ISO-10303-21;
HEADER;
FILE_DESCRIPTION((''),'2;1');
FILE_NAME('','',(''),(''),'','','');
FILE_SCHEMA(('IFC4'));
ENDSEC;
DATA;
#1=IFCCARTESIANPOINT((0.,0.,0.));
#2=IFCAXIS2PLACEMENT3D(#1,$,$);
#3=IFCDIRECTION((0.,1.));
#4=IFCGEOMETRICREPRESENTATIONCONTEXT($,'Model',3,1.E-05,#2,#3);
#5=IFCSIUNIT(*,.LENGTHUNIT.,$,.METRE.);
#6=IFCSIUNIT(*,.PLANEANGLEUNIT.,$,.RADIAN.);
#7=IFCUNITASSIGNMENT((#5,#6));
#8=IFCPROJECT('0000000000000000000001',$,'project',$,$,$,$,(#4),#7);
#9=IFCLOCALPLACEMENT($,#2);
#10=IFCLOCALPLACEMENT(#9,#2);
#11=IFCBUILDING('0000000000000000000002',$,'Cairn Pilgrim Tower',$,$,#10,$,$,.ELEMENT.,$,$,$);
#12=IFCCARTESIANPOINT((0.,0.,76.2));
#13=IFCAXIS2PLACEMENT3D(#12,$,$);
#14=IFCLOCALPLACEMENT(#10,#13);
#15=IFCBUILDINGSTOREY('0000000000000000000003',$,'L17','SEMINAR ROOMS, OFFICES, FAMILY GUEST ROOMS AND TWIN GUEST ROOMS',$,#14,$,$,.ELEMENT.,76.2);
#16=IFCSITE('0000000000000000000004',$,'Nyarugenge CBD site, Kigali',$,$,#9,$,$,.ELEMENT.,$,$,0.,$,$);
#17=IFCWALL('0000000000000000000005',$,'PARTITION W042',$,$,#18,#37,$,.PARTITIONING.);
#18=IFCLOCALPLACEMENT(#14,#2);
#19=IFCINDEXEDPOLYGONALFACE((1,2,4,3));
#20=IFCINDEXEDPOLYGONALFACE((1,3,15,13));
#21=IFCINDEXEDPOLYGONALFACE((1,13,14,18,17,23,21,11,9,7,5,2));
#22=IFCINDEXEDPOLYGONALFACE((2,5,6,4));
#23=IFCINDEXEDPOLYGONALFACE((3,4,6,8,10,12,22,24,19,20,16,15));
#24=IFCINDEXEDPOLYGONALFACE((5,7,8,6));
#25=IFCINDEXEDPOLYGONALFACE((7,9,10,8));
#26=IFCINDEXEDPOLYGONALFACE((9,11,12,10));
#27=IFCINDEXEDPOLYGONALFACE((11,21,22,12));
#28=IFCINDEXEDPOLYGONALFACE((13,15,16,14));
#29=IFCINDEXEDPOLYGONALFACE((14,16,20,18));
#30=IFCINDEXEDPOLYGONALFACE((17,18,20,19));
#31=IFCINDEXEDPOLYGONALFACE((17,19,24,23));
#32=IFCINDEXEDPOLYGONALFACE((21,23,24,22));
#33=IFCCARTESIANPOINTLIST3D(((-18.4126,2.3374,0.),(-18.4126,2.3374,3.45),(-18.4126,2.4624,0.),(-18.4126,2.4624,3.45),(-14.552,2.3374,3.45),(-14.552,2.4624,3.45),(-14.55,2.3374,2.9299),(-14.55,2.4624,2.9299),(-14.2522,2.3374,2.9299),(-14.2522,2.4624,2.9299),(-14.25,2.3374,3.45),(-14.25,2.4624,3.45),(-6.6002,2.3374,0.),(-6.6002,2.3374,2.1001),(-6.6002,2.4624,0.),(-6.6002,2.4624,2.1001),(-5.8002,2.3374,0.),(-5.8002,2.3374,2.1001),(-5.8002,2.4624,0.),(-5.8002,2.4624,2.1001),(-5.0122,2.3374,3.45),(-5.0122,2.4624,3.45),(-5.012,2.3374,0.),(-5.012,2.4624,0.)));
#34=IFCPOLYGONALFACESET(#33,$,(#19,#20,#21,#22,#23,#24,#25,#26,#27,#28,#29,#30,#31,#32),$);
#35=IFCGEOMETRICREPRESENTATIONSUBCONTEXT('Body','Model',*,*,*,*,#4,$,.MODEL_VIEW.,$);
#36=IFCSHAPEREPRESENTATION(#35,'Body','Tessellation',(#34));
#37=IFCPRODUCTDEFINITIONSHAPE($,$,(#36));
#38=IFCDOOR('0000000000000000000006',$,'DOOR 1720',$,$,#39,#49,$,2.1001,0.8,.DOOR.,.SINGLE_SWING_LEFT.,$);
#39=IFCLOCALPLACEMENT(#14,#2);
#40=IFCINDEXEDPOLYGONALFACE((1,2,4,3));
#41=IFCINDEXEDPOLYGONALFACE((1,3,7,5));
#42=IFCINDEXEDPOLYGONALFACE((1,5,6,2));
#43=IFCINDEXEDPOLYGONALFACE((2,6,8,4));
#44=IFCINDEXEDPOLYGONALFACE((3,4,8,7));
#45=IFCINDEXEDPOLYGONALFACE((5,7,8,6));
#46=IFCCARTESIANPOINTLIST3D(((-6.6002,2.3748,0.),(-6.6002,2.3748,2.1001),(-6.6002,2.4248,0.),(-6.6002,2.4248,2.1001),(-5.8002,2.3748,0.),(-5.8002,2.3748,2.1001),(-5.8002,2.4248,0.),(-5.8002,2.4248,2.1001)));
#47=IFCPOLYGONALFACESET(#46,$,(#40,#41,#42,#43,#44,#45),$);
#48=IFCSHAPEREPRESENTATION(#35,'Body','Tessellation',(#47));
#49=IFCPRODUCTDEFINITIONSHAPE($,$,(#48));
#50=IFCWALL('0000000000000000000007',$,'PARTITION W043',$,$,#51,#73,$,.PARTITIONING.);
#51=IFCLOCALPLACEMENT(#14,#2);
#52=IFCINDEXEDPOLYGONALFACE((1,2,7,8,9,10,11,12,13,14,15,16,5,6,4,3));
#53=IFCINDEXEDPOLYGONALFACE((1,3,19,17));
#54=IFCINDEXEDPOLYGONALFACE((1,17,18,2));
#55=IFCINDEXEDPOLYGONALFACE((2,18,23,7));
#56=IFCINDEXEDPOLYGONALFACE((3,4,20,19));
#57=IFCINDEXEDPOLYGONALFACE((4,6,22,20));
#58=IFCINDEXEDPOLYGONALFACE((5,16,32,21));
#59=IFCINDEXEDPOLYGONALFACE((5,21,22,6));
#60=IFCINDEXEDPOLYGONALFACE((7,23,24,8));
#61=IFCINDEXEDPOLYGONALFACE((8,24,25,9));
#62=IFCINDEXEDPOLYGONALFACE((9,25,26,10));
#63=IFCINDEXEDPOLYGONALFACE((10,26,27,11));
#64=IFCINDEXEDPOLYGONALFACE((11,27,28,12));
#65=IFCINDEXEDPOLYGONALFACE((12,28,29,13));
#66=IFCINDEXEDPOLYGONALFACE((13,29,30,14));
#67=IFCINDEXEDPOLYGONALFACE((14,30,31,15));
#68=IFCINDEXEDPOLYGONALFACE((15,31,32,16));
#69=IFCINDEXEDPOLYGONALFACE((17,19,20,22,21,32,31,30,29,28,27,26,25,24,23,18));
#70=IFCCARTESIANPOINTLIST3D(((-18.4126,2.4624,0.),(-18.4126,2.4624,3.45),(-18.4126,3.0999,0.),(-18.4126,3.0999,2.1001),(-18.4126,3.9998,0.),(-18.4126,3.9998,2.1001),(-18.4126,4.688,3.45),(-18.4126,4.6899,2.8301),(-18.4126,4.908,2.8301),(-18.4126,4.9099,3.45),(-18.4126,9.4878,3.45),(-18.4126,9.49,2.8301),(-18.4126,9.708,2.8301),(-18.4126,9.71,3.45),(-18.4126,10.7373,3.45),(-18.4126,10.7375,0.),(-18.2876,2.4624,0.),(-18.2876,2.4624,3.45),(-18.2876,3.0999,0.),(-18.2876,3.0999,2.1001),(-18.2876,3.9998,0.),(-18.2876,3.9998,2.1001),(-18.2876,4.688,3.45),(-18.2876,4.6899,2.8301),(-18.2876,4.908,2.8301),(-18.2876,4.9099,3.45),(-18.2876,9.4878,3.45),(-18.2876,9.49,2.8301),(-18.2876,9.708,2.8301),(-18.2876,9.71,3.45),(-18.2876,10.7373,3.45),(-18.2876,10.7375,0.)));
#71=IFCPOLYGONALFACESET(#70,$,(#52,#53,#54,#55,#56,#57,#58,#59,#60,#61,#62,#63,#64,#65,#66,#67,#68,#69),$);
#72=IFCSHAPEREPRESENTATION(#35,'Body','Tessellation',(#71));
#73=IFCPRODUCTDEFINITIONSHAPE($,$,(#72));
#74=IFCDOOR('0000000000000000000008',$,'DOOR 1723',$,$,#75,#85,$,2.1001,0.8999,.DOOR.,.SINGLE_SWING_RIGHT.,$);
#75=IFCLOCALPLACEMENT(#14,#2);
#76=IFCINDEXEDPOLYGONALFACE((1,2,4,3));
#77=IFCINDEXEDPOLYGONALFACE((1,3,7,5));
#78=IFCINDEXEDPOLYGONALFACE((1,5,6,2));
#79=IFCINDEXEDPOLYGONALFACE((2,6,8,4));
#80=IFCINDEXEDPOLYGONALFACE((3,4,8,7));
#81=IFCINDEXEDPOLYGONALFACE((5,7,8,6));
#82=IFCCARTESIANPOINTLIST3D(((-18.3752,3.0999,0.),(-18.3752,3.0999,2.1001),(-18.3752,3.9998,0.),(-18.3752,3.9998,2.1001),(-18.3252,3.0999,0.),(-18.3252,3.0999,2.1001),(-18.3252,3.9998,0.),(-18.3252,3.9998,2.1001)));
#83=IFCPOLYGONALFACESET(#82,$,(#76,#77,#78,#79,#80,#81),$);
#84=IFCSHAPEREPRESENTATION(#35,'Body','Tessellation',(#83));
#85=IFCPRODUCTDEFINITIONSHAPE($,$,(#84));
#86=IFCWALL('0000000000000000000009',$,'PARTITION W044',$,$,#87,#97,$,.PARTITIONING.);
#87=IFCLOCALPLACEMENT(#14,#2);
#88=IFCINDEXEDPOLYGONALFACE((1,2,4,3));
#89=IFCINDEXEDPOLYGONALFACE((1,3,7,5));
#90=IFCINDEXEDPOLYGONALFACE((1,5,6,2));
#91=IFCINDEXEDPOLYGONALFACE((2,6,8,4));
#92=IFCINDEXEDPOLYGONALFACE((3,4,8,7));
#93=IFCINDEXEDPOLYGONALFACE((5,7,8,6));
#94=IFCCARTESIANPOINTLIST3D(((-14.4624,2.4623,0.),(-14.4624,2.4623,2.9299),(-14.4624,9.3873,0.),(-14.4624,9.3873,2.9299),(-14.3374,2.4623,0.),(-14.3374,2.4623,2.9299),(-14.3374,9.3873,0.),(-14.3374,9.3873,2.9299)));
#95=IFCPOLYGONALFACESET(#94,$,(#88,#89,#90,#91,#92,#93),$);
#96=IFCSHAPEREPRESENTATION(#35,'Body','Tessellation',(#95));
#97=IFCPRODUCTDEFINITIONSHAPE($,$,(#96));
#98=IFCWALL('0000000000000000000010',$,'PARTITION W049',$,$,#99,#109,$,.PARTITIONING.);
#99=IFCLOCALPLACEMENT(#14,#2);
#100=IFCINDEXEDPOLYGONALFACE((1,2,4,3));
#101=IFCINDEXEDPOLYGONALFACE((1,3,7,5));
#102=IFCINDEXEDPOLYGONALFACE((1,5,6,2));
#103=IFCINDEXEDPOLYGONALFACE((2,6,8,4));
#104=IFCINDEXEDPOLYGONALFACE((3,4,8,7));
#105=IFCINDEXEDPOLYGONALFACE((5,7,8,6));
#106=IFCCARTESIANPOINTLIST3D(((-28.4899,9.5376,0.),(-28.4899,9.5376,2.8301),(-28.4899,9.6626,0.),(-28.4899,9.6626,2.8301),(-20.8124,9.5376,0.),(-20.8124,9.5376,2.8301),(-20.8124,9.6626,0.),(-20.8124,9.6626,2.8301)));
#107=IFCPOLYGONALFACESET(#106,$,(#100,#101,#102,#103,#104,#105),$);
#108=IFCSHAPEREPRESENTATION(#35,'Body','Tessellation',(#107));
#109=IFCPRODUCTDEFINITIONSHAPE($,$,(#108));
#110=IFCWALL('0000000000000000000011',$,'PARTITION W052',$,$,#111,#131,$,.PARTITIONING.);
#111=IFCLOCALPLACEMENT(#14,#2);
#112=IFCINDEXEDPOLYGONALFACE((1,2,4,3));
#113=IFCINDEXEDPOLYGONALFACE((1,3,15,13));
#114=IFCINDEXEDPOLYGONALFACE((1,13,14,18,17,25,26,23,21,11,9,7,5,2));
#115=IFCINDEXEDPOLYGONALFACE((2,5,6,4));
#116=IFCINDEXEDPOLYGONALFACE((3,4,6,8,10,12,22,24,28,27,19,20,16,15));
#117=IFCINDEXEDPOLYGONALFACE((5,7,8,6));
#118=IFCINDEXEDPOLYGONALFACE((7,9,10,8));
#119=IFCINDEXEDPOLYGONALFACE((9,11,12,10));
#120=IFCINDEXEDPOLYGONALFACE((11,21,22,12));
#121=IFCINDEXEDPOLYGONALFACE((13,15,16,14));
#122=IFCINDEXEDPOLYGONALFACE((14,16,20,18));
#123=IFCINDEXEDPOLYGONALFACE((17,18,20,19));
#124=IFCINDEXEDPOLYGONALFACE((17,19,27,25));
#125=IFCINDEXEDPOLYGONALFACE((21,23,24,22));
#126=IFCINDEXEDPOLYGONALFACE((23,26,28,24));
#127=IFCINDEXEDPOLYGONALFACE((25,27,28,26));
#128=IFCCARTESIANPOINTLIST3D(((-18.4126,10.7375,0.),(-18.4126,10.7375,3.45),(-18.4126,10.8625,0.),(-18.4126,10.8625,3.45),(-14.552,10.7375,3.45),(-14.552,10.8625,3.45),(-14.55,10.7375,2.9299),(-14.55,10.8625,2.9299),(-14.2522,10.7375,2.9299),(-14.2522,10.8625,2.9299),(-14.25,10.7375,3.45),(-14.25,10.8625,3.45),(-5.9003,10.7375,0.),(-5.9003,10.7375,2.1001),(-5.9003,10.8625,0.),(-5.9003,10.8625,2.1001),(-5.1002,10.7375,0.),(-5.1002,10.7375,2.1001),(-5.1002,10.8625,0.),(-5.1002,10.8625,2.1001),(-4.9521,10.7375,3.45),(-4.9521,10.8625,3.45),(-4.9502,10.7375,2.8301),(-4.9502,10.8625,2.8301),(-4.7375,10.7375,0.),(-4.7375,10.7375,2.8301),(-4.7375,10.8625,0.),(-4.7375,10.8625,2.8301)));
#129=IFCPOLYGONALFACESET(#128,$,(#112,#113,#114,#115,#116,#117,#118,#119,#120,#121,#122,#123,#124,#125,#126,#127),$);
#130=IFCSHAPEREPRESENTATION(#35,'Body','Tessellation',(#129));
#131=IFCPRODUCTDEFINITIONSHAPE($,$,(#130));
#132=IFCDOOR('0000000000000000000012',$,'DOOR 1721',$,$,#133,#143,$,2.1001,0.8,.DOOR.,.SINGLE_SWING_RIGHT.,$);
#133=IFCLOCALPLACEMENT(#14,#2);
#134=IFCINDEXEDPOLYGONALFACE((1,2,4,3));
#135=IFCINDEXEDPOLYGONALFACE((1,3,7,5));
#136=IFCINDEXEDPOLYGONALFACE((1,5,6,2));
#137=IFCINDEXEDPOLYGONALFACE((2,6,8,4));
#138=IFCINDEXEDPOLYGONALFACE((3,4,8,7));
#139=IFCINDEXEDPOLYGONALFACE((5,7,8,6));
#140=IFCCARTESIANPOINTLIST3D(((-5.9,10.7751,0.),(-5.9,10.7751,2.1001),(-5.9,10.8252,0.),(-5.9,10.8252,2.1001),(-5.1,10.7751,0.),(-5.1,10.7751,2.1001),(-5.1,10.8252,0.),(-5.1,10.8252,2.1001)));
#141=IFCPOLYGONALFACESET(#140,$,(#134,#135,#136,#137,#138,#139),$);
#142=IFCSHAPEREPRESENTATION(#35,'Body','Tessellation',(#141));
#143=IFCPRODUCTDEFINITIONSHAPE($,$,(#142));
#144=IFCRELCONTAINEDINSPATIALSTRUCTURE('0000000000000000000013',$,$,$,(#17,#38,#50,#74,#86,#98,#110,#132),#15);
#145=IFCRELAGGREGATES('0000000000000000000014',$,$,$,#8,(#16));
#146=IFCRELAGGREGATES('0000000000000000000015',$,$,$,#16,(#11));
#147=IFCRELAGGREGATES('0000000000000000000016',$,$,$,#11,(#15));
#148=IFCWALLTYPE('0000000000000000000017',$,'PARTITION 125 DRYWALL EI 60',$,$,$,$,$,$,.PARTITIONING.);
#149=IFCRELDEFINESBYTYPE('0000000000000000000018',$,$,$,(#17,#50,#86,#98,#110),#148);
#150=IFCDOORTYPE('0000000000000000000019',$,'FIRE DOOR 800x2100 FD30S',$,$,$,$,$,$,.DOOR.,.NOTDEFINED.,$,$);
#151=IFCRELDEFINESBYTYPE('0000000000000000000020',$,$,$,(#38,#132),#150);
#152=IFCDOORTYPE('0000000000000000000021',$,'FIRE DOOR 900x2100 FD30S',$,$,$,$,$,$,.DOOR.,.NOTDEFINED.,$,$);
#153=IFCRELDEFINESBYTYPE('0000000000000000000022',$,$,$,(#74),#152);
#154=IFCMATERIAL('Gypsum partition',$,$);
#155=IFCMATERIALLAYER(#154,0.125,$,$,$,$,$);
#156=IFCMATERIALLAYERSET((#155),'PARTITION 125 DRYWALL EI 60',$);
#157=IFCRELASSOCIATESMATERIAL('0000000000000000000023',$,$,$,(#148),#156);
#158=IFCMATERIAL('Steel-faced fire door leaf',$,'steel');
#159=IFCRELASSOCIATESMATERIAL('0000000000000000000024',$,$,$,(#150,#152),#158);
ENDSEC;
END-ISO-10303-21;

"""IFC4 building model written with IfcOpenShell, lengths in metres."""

from ifc_helpers import new_model, si_unit, direction, frame, frame_2d, origin, place, context, subcontext, project, spatial, polyline, rectangle, outline, extrude, material, layer, layer_set, type_object, element, fill, save


model = new_model("IFC4")

# Units and contexts
model_context = context("Model", 3, precision=1e-05, world=origin(), true_north=direction((0.0, 1.0)))
body_context = subcontext(model_context, "Body", "Model", "MODEL_VIEW")
ifc_project = project(units=[si_unit("LENGTHUNIT", "METRE"), si_unit("PLANEANGLEUNIT", "RADIAN")], contexts=[model_context])

# Site, building, storey
site_placement = place(None, origin())
site = spatial("IfcSite", under=ifc_project, at=site_placement, Name="Nyarugenge CBD site, Kigali", CompositionType="ELEMENT", RefElevation=0.0)
building_placement = place(site_placement, origin())
building = spatial("IfcBuilding", under=site, at=building_placement, Name="Cairn Pilgrim Tower", CompositionType="ELEMENT")
storey_placement = place(building_placement, frame((0.0, 0.0, 76.2)))
storey = spatial("IfcBuildingStorey", under=building, at=storey_placement, Name="L17", Description="SEMINAR ROOMS, OFFICES, FAMILY GUEST ROOMS AND TWIN GUEST ROOMS", CompositionType="ELEMENT", Elevation=76.2)

# Shared definitions
ifc_material_1 = material(Name="Gypsum partition")

# Walls, openings, doors
ifc_layer_1 = layer(ifc_material_1, 0.125)
ifc_layer_set_1 = layer_set([ifc_layer_1], Name="PARTITION 125 DRYWALL EI 60")
wall_type_1 = type_object("IfcWallType", Name="PARTITION 125 DRYWALL EI 60", PredefinedType="PARTITIONING", material=ifc_layer_set_1)
wall_1_placement = place(storey_placement, frame((-18.4126, 2.3999, 0.0), z_axis=(0.0, 0.0, 1.0), x_axis=(1.0, 0.0, 0.0)))
wall_1 = element("IfcWall", 1, at=wall_1_placement, inside=storey, type_object=wall_type_1, Name="PARTITION W042", PredefinedType="PARTITIONING", context=body_context, shape_type="SweptSolid", body=[
    extrude(outline(polyline([(0.0, 0.0), (13.4006, 0.0), (13.4004, 3.45), (4.1626, 3.45), (4.1604, 2.9299), (3.8625, 2.9299), (3.8606, 3.45), (0.0, 3.45), (0.0, 0.0)])), frame((0.0, 0.0625, 0.0), z_axis=(0.0, -1.0, 0.0), x_axis=(1.0, 0.0, 0.0)), (0.0, 0.0, 1.0), 0.125),
])
opening_1_placement = place(wall_1_placement, frame((11.8125, 0.0, 0.0)))
opening_1 = element("IfcOpeningElement", 2, at=opening_1_placement, cuts=wall_1, PredefinedType="OPENING", context=body_context, shape_type="SweptSolid", body=[
    extrude(rectangle(XDim=0.8, YDim=2.1001, at=frame_2d((0.3999, 1.05))), frame((0.0, 0.0725, 0.0), z_axis=(0.0, -1.0, 0.0), x_axis=(1.0, 0.0, 0.0)), (0.0, 0.0, 1.0), 0.145),
])
ifc_material_2 = material(Name="Steel-faced fire door leaf", Category="steel")
door_type_1 = type_object("IfcDoorType", Name="FIRE DOOR 800x2100 FD30S", OperationType="NOTDEFINED", PredefinedType="DOOR", material=ifc_material_2)
door_1_placement = place(opening_1_placement, origin())
door_1 = element("IfcDoor", 3, at=door_1_placement, inside=storey, type_object=door_type_1, Name="DOOR 1720", OperationType="SINGLE_SWING_LEFT", OverallHeight=2.1001, OverallWidth=0.8, PredefinedType="DOOR", context=body_context, shape_type="SweptSolid", body=[
    extrude(rectangle(XDim=0.8, YDim=2.1001, at=frame_2d((0.3999, 1.05))), frame((0.0, 0.0249, 0.0), z_axis=(0.0, -1.0, 0.0), x_axis=(1.0, 0.0, 0.0)), (0.0, 0.0, 1.0), 0.05),
])
fill(opening_1, door_1)
wall_2_placement = place(storey_placement, frame((-18.3501, 2.4624, 0.0), z_axis=(0.0, 0.0, 1.0), x_axis=(0.0, 1.0, 0.0)))
wall_2 = element("IfcWall", 4, at=wall_2_placement, inside=storey, type_object=wall_type_1, Name="PARTITION W043", PredefinedType="PARTITIONING", context=body_context, shape_type="SweptSolid", body=[
    extrude(outline(polyline([(0.0, 0.0), (8.2751, 0.0), (8.2749, 3.45), (7.2476, 3.45), (7.2456, 2.8301), (7.0276, 2.8301), (7.0254, 3.45), (2.4475, 3.45), (2.4456, 2.8301), (2.2275, 2.8301), (2.2256, 3.45), (0.0, 3.45), (0.0, 0.0)])), frame((0.0, 0.0625, 0.0), z_axis=(0.0, -1.0, 0.0), x_axis=(1.0, 0.0, 0.0)), (0.0, 0.0, 1.0), 0.125),
])
opening_2_placement = place(wall_2_placement, frame((0.6375, 0.0, 0.0)))
opening_2 = element("IfcOpeningElement", 5, at=opening_2_placement, cuts=wall_2, PredefinedType="OPENING", context=body_context, shape_type="SweptSolid", body=[
    extrude(rectangle(XDim=0.8999, YDim=2.1001, at=frame_2d((0.45, 1.05))), frame((0.0, 0.0725, 0.0), z_axis=(0.0, -1.0, 0.0), x_axis=(1.0, 0.0, 0.0)), (0.0, 0.0, 1.0), 0.145),
])
door_type_2 = type_object("IfcDoorType", Name="FIRE DOOR 900x2100 FD30S", OperationType="NOTDEFINED", PredefinedType="DOOR", material=ifc_material_2)
door_2_placement = place(opening_2_placement, frame((0.8999, 0.0, 0.0), z_axis=(0.0, 0.0, 1.0), x_axis=(-1.0, 0.0, 0.0)))
door_2 = element("IfcDoor", 6, at=door_2_placement, inside=storey, type_object=door_type_2, Name="DOOR 1723", OperationType="SINGLE_SWING_RIGHT", OverallHeight=2.1001, OverallWidth=0.8999, PredefinedType="DOOR", context=body_context, shape_type="SweptSolid", body=[
    extrude(rectangle(XDim=0.8999, YDim=2.1001, at=frame_2d((0.45, 1.05))), frame((0.0, 0.0249, 0.0), z_axis=(0.0, -1.0, 0.0), x_axis=(1.0, 0.0, 0.0)), (0.0, 0.0, 1.0), 0.05),
])
fill(opening_2, door_2)

# Walls
wall_3_placement = place(storey_placement, frame((-14.3999, 2.4624, 0.0), z_axis=(0.0, 0.0, 1.0), x_axis=(0.0, 1.0, 0.0)))
element("IfcWall", 7, at=wall_3_placement, inside=storey, type_object=wall_type_1, Name="PARTITION W044", PredefinedType="PARTITIONING", context=body_context, shape_type="SweptSolid", body=[
    extrude(rectangle(XDim=6.925, YDim=0.125, at=frame_2d((3.4624, 0.0))), origin(), (0.0, 0.0, 1.0), 2.9299),
])
wall_4_placement = place(storey_placement, frame((-28.49, 9.6001, 0.0), z_axis=(0.0, 0.0, 1.0), x_axis=(1.0, 0.0, 0.0)))
element("IfcWall", 8, at=wall_4_placement, inside=storey, type_object=wall_type_1, Name="PARTITION W049", PredefinedType="PARTITIONING", context=body_context, shape_type="SweptSolid", body=[
    extrude(rectangle(XDim=7.6775, YDim=0.125, at=frame_2d((3.8389, 0.0))), origin(), (0.0, 0.0, 1.0), 2.8301),
])

# Wall, opening, door
wall_5_placement = place(storey_placement, frame((-18.4126, 10.8, 0.0), z_axis=(0.0, 0.0, 1.0), x_axis=(1.0, 0.0, 0.0)))
wall_5 = element("IfcWall", 9, at=wall_5_placement, inside=storey, type_object=wall_type_1, Name="PARTITION W052", PredefinedType="PARTITIONING", context=body_context, shape_type="SweptSolid", body=[
    extrude(outline(polyline([(0.0, 0.0), (13.675, 0.0), (13.675, 2.8301), (13.4624, 2.8301), (13.4604, 3.45), (4.1626, 3.45), (4.1604, 2.9299), (3.8625, 2.9299), (3.8606, 3.45), (0.0, 3.45), (0.0, 0.0)])), frame((0.0, 0.0625, 0.0), z_axis=(0.0, -1.0, 0.0), x_axis=(1.0, 0.0, 0.0)), (0.0, 0.0, 1.0), 0.125),
])
opening_3_placement = place(wall_5_placement, frame((12.5125, 0.0, 0.0)))
opening_3 = element("IfcOpeningElement", 10, at=opening_3_placement, cuts=wall_5, PredefinedType="OPENING", context=body_context, shape_type="SweptSolid", body=[
    extrude(rectangle(XDim=0.8, YDim=2.1001, at=frame_2d((0.3999, 1.05))), frame((0.0, 0.0725, 0.0), z_axis=(0.0, -1.0, 0.0), x_axis=(1.0, 0.0, 0.0)), (0.0, 0.0, 1.0), 0.145),
])
door_3_placement = place(opening_3_placement, frame((0.8, 0.0, 0.0), z_axis=(0.0, 0.0, 1.0), x_axis=(-1.0, 0.0, 0.0)))
door_3 = element("IfcDoor", 11, at=door_3_placement, inside=storey, type_object=door_type_1, Name="DOOR 1721", OperationType="SINGLE_SWING_RIGHT", OverallHeight=2.1001, OverallWidth=0.8, PredefinedType="DOOR", context=body_context, shape_type="SweptSolid", body=[
    extrude(rectangle(XDim=0.8, YDim=2.1001, at=frame_2d((0.3999, 1.05))), frame((0.0, 0.0249, 0.0), z_axis=(0.0, -1.0, 0.0), x_axis=(1.0, 0.0, 0.0)), (0.0, 0.0, 1.0), 0.05),
])
fill(opening_3, door_3)

save(model, "model.ifc")
